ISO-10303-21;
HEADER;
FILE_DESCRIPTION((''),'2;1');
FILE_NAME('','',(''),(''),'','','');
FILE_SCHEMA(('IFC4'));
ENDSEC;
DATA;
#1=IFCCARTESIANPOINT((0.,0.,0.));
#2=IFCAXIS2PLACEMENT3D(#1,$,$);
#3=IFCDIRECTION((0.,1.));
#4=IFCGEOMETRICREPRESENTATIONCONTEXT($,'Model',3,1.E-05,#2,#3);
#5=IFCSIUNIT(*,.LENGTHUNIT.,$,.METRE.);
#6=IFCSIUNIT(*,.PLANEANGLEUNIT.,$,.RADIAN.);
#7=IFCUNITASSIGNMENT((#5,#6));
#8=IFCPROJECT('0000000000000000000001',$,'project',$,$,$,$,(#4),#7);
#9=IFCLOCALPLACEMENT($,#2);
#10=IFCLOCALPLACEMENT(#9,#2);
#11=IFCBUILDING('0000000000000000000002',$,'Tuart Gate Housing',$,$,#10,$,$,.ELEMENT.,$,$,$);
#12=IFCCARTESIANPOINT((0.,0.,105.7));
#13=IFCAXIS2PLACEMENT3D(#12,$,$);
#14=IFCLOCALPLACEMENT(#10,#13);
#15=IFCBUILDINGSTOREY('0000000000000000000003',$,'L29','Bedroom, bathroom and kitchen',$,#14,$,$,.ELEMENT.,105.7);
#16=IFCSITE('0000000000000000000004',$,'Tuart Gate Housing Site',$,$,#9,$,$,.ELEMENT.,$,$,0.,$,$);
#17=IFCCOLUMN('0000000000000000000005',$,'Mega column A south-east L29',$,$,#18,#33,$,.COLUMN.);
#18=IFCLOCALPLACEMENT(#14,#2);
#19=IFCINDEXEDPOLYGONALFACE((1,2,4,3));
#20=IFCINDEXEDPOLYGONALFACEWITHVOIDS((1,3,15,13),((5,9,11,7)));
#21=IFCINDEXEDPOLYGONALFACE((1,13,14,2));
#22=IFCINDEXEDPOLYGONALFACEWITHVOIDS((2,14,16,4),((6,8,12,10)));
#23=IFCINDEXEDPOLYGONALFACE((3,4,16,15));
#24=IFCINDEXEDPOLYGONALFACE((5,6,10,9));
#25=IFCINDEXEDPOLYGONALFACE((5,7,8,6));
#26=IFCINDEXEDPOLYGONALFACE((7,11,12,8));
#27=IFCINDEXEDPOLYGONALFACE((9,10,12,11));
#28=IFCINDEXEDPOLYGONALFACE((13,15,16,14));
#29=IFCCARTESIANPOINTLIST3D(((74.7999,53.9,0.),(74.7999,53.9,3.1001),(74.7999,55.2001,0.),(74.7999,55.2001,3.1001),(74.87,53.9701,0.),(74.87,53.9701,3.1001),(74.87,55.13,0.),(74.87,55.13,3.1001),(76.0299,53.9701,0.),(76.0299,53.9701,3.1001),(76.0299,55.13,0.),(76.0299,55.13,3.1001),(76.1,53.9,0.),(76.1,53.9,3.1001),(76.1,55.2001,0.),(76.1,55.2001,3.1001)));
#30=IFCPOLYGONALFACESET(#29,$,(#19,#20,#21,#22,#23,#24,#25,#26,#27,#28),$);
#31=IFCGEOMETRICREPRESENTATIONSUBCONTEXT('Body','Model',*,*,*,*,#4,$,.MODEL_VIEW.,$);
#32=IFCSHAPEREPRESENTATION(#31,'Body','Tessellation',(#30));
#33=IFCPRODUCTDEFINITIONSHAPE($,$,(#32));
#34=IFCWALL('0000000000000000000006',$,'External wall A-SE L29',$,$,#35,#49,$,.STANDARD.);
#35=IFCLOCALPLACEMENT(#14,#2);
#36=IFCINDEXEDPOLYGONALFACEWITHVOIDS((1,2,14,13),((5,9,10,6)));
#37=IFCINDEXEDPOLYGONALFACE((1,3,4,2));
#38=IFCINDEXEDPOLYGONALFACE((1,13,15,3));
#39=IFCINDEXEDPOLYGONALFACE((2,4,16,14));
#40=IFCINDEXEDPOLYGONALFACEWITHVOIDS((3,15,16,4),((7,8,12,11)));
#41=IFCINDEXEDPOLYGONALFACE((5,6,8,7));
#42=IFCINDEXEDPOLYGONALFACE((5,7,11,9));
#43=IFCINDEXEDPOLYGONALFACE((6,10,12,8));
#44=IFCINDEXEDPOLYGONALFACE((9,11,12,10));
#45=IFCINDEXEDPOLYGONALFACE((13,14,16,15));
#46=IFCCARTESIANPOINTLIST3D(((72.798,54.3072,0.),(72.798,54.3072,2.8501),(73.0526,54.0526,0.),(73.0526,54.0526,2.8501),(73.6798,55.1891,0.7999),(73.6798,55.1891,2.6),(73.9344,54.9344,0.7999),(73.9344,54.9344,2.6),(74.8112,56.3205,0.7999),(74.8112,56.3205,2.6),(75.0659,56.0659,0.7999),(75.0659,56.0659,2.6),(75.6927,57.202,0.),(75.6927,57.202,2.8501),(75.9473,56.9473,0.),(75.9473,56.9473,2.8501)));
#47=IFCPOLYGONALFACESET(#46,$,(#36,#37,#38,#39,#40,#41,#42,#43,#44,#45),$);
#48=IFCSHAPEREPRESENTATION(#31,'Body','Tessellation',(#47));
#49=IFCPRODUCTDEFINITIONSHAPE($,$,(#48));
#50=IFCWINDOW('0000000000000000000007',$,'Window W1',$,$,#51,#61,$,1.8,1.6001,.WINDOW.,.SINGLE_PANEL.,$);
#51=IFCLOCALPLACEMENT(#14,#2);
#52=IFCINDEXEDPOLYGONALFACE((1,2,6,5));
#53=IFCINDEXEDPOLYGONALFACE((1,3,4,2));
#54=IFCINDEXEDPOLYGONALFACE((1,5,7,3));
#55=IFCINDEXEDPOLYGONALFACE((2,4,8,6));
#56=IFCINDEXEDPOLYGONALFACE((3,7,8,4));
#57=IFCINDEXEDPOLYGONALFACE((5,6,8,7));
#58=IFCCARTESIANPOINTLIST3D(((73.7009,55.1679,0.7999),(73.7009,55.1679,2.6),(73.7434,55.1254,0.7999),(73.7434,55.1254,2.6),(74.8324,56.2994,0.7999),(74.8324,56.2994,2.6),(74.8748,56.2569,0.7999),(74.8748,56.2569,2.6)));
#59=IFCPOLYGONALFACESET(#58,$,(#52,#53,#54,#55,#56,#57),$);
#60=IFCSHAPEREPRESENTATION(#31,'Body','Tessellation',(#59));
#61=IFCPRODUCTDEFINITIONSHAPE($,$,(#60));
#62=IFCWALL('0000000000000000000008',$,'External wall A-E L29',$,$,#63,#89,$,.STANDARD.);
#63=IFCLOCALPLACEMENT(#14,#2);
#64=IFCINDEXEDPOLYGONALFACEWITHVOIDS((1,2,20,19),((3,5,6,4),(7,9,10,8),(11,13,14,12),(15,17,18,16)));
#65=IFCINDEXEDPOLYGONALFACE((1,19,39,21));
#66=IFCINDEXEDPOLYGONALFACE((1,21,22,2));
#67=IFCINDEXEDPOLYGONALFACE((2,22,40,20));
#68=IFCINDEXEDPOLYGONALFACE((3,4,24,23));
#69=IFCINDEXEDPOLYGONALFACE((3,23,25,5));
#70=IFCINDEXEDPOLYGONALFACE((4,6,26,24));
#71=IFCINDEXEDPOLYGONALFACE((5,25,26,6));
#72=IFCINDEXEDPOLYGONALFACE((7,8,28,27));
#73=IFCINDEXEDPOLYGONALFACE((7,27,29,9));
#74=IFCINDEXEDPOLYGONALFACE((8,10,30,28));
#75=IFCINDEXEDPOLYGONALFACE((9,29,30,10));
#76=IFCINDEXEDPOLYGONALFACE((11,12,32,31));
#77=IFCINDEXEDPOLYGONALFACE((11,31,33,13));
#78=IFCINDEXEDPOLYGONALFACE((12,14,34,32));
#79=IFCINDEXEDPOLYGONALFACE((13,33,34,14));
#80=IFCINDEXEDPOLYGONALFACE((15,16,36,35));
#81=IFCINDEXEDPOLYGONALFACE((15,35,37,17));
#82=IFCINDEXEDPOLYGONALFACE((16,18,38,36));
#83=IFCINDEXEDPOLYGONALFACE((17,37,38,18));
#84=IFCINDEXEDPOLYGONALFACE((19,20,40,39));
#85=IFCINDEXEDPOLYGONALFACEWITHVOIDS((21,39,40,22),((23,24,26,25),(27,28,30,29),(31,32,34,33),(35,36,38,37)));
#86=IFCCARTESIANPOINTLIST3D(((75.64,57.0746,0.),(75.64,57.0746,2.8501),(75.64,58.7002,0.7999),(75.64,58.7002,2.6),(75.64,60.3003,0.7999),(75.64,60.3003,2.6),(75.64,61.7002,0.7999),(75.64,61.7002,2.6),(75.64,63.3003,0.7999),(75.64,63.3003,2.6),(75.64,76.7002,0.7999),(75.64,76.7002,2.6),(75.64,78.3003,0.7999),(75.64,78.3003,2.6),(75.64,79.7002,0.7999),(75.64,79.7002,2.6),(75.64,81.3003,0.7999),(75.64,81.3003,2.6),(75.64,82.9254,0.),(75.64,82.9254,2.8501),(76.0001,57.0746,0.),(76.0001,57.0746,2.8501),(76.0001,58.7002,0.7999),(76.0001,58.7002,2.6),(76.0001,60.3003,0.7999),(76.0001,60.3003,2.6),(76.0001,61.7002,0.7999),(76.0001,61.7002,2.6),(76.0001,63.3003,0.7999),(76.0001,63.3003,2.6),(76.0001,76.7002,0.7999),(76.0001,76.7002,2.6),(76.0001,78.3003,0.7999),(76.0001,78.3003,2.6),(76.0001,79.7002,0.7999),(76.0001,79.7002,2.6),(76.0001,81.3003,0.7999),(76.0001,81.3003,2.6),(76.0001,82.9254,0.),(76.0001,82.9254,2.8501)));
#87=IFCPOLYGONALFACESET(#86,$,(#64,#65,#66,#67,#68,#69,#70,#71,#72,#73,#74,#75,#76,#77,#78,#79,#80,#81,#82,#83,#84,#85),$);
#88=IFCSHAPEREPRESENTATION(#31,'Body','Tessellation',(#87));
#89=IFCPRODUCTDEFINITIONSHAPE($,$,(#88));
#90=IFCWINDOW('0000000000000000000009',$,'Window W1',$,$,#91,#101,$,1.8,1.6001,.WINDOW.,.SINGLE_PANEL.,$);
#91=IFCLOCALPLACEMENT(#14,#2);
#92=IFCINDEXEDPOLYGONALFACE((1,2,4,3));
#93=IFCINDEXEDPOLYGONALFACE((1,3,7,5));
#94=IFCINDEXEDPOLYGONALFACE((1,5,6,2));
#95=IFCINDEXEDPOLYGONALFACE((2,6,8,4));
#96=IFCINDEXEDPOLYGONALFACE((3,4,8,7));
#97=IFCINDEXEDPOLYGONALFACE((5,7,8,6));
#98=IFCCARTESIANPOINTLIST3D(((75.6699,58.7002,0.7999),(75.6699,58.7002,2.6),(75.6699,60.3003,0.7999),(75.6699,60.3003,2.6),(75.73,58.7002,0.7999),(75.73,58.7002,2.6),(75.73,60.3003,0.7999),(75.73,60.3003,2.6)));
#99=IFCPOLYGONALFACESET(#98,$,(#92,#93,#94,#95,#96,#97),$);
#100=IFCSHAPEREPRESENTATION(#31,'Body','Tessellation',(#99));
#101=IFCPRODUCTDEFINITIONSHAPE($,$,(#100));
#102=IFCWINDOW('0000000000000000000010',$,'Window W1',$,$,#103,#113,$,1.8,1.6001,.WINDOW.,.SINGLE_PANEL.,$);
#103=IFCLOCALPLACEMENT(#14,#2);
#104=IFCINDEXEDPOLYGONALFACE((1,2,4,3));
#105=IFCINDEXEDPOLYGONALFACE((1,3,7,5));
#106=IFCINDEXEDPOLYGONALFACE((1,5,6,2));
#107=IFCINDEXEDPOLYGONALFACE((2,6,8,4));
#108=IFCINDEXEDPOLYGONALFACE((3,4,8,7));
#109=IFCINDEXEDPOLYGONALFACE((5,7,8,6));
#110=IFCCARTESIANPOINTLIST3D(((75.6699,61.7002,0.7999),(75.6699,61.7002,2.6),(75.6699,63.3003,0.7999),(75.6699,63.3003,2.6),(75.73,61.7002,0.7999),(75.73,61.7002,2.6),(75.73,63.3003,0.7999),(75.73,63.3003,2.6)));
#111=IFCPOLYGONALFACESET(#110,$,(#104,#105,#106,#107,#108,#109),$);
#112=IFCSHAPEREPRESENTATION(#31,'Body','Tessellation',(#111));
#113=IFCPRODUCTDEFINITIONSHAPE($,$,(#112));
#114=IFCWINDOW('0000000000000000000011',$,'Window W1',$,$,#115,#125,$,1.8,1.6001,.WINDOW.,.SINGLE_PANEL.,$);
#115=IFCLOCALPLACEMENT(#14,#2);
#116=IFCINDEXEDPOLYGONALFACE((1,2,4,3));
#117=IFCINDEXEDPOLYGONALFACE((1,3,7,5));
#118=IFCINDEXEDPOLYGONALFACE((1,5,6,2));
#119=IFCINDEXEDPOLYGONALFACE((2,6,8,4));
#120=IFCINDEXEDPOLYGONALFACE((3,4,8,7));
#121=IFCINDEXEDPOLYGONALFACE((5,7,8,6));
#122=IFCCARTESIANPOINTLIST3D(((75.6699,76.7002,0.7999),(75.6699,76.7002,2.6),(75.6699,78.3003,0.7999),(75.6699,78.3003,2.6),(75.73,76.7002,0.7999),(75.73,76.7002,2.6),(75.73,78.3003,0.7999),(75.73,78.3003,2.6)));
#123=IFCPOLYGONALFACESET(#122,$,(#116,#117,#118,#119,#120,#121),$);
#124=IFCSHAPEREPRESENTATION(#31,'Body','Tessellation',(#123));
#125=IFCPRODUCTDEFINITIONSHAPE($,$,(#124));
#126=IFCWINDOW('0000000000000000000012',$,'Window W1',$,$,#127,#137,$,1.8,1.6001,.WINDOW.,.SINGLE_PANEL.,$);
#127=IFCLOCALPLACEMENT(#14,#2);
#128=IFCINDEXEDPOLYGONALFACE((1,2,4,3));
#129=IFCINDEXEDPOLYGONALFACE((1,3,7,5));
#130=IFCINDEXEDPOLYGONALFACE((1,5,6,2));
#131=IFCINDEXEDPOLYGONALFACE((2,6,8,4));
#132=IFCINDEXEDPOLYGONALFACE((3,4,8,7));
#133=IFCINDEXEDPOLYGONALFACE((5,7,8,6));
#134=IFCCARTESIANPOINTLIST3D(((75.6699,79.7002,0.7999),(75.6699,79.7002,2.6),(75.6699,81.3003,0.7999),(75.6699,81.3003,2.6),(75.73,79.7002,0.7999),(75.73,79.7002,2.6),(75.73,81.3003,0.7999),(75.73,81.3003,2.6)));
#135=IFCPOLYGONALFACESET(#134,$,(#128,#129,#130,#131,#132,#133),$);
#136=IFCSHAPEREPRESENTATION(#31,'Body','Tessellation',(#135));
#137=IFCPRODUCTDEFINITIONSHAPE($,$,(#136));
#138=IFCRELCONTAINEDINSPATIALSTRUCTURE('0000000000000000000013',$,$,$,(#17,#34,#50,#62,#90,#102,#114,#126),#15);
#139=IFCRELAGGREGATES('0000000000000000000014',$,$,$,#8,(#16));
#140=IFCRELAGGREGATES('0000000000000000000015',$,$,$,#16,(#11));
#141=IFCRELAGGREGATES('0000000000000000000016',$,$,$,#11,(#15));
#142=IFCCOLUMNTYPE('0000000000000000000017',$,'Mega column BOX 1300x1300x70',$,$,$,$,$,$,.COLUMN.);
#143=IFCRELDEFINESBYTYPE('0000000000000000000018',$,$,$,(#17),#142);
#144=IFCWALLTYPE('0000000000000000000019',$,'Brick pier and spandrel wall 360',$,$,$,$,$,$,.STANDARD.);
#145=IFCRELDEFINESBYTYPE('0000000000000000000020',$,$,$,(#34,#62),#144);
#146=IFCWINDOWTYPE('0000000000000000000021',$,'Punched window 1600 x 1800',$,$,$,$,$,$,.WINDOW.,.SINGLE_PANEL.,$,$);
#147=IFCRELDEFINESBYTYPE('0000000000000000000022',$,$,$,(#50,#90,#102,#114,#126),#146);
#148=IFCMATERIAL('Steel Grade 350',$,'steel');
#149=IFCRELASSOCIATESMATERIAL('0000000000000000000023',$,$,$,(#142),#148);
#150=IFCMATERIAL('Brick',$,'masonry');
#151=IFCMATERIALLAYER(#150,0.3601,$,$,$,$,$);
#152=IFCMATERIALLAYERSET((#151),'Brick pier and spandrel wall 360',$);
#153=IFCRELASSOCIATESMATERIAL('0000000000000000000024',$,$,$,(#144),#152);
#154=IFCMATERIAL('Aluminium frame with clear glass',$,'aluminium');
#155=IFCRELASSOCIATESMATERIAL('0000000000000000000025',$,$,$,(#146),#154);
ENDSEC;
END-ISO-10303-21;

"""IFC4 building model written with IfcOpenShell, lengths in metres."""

from ifc_helpers import new_model, si_unit, direction, frame, frame_2d, origin, origin_2d, place, context, subcontext, project, spatial, rectangle, hollow_rectangle, extrude, material, layer, layer_set, material_profile, profile_set, type_object, element, fill, save


model = new_model("IFC4")

# Units and contexts
model_context = context("Model", 3, precision=1e-05, world=origin(), true_north=direction((0.0, 1.0)))
body_context = subcontext(model_context, "Body", "Model", "MODEL_VIEW")
ifc_project = project(units=[si_unit("LENGTHUNIT", "METRE"), si_unit("PLANEANGLEUNIT", "RADIAN")], contexts=[model_context])

# Site, building, storey
site_placement = place(None, origin())
site = spatial("IfcSite", under=ifc_project, at=site_placement, Name="Tuart Gate Housing Site", CompositionType="ELEMENT", RefElevation=0.0)
building_placement = place(site_placement, origin())
building = spatial("IfcBuilding", under=site, at=building_placement, Name="Tuart Gate Housing", CompositionType="ELEMENT")
storey_placement = place(building_placement, frame((0.0, 0.0, 105.7)))
storey = spatial("IfcBuildingStorey", under=building, at=storey_placement, Name="L29", Description="Bedroom, bathroom and kitchen", CompositionType="ELEMENT", Elevation=105.7)

# Column
ifc_material_1 = material(Name="Steel Grade 350", Category="steel")
ifc_material_profile = material_profile(ifc_material_1, hollow_rectangle(XDim=1.3, YDim=1.3, WallThickness=0.0701, at=origin_2d()), Name="BOX 1300x1300x70")
ifc_profile_set = profile_set([ifc_material_profile], Name="Steel Grade 350")
column_type = type_object("IfcColumnType", Name="Mega column BOX 1300x1300x70", PredefinedType="COLUMN", material=ifc_profile_set)
column_placement = place(storey_placement, frame((75.45, 54.55, 0.0), z_axis=(0.0, 0.0, 1.0), x_axis=(1.0, 0.0, 0.0)))
element("IfcColumn", 1, at=column_placement, inside=storey, type_object=column_type, Name="Mega column A south-east L29", PredefinedType="COLUMN", context=body_context, shape_type="SweptSolid", body=[
    extrude(hollow_rectangle(XDim=1.3, YDim=1.3, WallThickness=0.0701, at=origin_2d()), origin(), (0.0, 0.0, 1.0), 3.1001),
])

# Wall, opening, window
ifc_material_2 = material(Name="Brick", Category="masonry")
ifc_layer = layer(ifc_material_2, 0.3601)
ifc_layer_set = layer_set([ifc_layer], Name="Brick pier and spandrel wall 360")
wall_type = type_object("IfcWallType", Name="Brick pier and spandrel wall 360", PredefinedType="STANDARD", material=ifc_layer_set)
wall_1_placement = place(storey_placement, frame((72.9253, 54.1799, 0.0), z_axis=(0.0, 0.0, 1.0), x_axis=(0.707107, 0.707107, 0.0)))
wall_1 = element("IfcWall", 2, at=wall_1_placement, inside=storey, type_object=wall_type, Name="External wall A-SE L29", PredefinedType="STANDARD", context=body_context, shape_type="SweptSolid", body=[
    extrude(rectangle(XDim=4.0938, YDim=0.3601, at=frame_2d((2.0469, 0.0))), origin(), (0.0, 0.0, 1.0), 2.8501),
])
opening_1_placement = place(wall_1_placement, frame((1.2471, 0.0, 0.8)))
opening_1 = element("IfcOpeningElement", 3, at=opening_1_placement, cuts=wall_1, PredefinedType="OPENING", context=body_context, shape_type="SweptSolid", body=[
    extrude(rectangle(XDim=1.6001, YDim=1.8, at=frame_2d((0.8, 0.8999))), frame((0.0, 0.1899, 0.0), z_axis=(0.0, -1.0, 0.0), x_axis=(1.0, 0.0, 0.0)), (0.0, 0.0, 1.0), 0.3801),
])
ifc_material_3 = material(Name="Aluminium frame with clear glass", Category="aluminium")
window_type = type_object("IfcWindowType", Name="Punched window 1600 x 1800", PartitioningType="SINGLE_PANEL", PredefinedType="WINDOW", material=ifc_material_3)
window_1_placement = place(opening_1_placement, origin())
window_1 = element("IfcWindow", 4, at=window_1_placement, inside=storey, type_object=window_type, Name="Window W1", OverallHeight=1.8, OverallWidth=1.6001, PartitioningType="SINGLE_PANEL", PredefinedType="WINDOW", context=body_context, shape_type="SweptSolid", body=[
    extrude(rectangle(XDim=1.6001, YDim=1.8, at=frame_2d((0.8, 0.8999))), frame((0.0, 0.1501, 0.0), z_axis=(0.0, -1.0, 0.0), x_axis=(1.0, 0.0, 0.0)), (0.0, 0.0, 1.0), 0.0601),
])
fill(opening_1, window_1)

# Wall, openings, windows
wall_2_placement = place(storey_placement, frame((75.8201, 57.0747, 0.0), z_axis=(0.0, 0.0, 1.0), x_axis=(0.0, 1.0, 0.0)))
wall_2 = element("IfcWall", 5, at=wall_2_placement, inside=storey, type_object=wall_type, Name="External wall A-E L29", PredefinedType="STANDARD", context=body_context, shape_type="SweptSolid", body=[
    extrude(rectangle(XDim=25.8508, YDim=0.3601, at=frame_2d((12.9253, 0.0))), origin(), (0.0, 0.0, 1.0), 2.8501),
])
opening_2_placement = place(wall_2_placement, frame((1.6255, 0.0, 0.8)))
opening_2 = element("IfcOpeningElement", 6, at=opening_2_placement, cuts=wall_2, PredefinedType="OPENING", context=body_context, shape_type="SweptSolid", body=[
    extrude(rectangle(XDim=1.6001, YDim=1.8, at=frame_2d((0.8, 0.8999))), frame((0.0, 0.1899, 0.0), z_axis=(0.0, -1.0, 0.0), x_axis=(1.0, 0.0, 0.0)), (0.0, 0.0, 1.0), 0.3801),
])
opening_3_placement = place(wall_2_placement, frame((4.6255, 0.0, 0.8)))
opening_3 = element("IfcOpeningElement", 7, at=opening_3_placement, cuts=wall_2, PredefinedType="OPENING", context=body_context, shape_type="SweptSolid", body=[
    extrude(rectangle(XDim=1.6001, YDim=1.8, at=frame_2d((0.8, 0.8999))), frame((0.0, 0.1899, 0.0), z_axis=(0.0, -1.0, 0.0), x_axis=(1.0, 0.0, 0.0)), (0.0, 0.0, 1.0), 0.3801),
])
opening_4_placement = place(wall_2_placement, frame((19.6255, 0.0, 0.8)))
opening_4 = element("IfcOpeningElement", 8, at=opening_4_placement, cuts=wall_2, PredefinedType="OPENING", context=body_context, shape_type="SweptSolid", body=[
    extrude(rectangle(XDim=1.6001, YDim=1.8, at=frame_2d((0.8, 0.8999))), frame((0.0, 0.1899, 0.0), z_axis=(0.0, -1.0, 0.0), x_axis=(1.0, 0.0, 0.0)), (0.0, 0.0, 1.0), 0.3801),
])
opening_5_placement = place(wall_2_placement, frame((22.6255, 0.0, 0.8)))
opening_5 = element("IfcOpeningElement", 9, at=opening_5_placement, cuts=wall_2, PredefinedType="OPENING", context=body_context, shape_type="SweptSolid", body=[
    extrude(rectangle(XDim=1.6001, YDim=1.8, at=frame_2d((0.8, 0.8999))), frame((0.0, 0.1899, 0.0), z_axis=(0.0, -1.0, 0.0), x_axis=(1.0, 0.0, 0.0)), (0.0, 0.0, 1.0), 0.3801),
])
window_2_placement = place(opening_2_placement, origin())
window_2 = element("IfcWindow", 10, at=window_2_placement, inside=storey, type_object=window_type, Name="Window W1", OverallHeight=1.8, OverallWidth=1.6001, PartitioningType="SINGLE_PANEL", PredefinedType="WINDOW", context=body_context, shape_type="SweptSolid", body=[
    extrude(rectangle(XDim=1.6001, YDim=1.8, at=frame_2d((0.8, 0.8999))), frame((0.0, 0.1501, 0.0), z_axis=(0.0, -1.0, 0.0), x_axis=(1.0, 0.0, 0.0)), (0.0, 0.0, 1.0), 0.0601),
])
fill(opening_2, window_2)
window_3_placement = place(opening_3_placement, origin())
window_3 = element("IfcWindow", 11, at=window_3_placement, inside=storey, type_object=window_type, Name="Window W1", OverallHeight=1.8, OverallWidth=1.6001, PartitioningType="SINGLE_PANEL", PredefinedType="WINDOW", context=body_context, shape_type="SweptSolid", body=[
    extrude(rectangle(XDim=1.6001, YDim=1.8, at=frame_2d((0.8, 0.8999))), frame((0.0, 0.1501, 0.0), z_axis=(0.0, -1.0, 0.0), x_axis=(1.0, 0.0, 0.0)), (0.0, 0.0, 1.0), 0.0601),
])
fill(opening_3, window_3)
window_4_placement = place(opening_4_placement, origin())
window_4 = element("IfcWindow", 12, at=window_4_placement, inside=storey, type_object=window_type, Name="Window W1", OverallHeight=1.8, OverallWidth=1.6001, PartitioningType="SINGLE_PANEL", PredefinedType="WINDOW", context=body_context, shape_type="SweptSolid", body=[
    extrude(rectangle(XDim=1.6001, YDim=1.8, at=frame_2d((0.8, 0.8999))), frame((0.0, 0.1501, 0.0), z_axis=(0.0, -1.0, 0.0), x_axis=(1.0, 0.0, 0.0)), (0.0, 0.0, 1.0), 0.0601),
])
fill(opening_4, window_4)
window_5_placement = place(opening_5_placement, origin())
window_5 = element("IfcWindow", 13, at=window_5_placement, inside=storey, type_object=window_type, Name="Window W1", OverallHeight=1.8, OverallWidth=1.6001, PartitioningType="SINGLE_PANEL", PredefinedType="WINDOW", context=body_context, shape_type="SweptSolid", body=[
    extrude(rectangle(XDim=1.6001, YDim=1.8, at=frame_2d((0.8, 0.8999))), frame((0.0, 0.1501, 0.0), z_axis=(0.0, -1.0, 0.0), x_axis=(1.0, 0.0, 0.0)), (0.0, 0.0, 1.0), 0.0601),
])
fill(opening_5, window_5)

save(model, "model.ifc")
